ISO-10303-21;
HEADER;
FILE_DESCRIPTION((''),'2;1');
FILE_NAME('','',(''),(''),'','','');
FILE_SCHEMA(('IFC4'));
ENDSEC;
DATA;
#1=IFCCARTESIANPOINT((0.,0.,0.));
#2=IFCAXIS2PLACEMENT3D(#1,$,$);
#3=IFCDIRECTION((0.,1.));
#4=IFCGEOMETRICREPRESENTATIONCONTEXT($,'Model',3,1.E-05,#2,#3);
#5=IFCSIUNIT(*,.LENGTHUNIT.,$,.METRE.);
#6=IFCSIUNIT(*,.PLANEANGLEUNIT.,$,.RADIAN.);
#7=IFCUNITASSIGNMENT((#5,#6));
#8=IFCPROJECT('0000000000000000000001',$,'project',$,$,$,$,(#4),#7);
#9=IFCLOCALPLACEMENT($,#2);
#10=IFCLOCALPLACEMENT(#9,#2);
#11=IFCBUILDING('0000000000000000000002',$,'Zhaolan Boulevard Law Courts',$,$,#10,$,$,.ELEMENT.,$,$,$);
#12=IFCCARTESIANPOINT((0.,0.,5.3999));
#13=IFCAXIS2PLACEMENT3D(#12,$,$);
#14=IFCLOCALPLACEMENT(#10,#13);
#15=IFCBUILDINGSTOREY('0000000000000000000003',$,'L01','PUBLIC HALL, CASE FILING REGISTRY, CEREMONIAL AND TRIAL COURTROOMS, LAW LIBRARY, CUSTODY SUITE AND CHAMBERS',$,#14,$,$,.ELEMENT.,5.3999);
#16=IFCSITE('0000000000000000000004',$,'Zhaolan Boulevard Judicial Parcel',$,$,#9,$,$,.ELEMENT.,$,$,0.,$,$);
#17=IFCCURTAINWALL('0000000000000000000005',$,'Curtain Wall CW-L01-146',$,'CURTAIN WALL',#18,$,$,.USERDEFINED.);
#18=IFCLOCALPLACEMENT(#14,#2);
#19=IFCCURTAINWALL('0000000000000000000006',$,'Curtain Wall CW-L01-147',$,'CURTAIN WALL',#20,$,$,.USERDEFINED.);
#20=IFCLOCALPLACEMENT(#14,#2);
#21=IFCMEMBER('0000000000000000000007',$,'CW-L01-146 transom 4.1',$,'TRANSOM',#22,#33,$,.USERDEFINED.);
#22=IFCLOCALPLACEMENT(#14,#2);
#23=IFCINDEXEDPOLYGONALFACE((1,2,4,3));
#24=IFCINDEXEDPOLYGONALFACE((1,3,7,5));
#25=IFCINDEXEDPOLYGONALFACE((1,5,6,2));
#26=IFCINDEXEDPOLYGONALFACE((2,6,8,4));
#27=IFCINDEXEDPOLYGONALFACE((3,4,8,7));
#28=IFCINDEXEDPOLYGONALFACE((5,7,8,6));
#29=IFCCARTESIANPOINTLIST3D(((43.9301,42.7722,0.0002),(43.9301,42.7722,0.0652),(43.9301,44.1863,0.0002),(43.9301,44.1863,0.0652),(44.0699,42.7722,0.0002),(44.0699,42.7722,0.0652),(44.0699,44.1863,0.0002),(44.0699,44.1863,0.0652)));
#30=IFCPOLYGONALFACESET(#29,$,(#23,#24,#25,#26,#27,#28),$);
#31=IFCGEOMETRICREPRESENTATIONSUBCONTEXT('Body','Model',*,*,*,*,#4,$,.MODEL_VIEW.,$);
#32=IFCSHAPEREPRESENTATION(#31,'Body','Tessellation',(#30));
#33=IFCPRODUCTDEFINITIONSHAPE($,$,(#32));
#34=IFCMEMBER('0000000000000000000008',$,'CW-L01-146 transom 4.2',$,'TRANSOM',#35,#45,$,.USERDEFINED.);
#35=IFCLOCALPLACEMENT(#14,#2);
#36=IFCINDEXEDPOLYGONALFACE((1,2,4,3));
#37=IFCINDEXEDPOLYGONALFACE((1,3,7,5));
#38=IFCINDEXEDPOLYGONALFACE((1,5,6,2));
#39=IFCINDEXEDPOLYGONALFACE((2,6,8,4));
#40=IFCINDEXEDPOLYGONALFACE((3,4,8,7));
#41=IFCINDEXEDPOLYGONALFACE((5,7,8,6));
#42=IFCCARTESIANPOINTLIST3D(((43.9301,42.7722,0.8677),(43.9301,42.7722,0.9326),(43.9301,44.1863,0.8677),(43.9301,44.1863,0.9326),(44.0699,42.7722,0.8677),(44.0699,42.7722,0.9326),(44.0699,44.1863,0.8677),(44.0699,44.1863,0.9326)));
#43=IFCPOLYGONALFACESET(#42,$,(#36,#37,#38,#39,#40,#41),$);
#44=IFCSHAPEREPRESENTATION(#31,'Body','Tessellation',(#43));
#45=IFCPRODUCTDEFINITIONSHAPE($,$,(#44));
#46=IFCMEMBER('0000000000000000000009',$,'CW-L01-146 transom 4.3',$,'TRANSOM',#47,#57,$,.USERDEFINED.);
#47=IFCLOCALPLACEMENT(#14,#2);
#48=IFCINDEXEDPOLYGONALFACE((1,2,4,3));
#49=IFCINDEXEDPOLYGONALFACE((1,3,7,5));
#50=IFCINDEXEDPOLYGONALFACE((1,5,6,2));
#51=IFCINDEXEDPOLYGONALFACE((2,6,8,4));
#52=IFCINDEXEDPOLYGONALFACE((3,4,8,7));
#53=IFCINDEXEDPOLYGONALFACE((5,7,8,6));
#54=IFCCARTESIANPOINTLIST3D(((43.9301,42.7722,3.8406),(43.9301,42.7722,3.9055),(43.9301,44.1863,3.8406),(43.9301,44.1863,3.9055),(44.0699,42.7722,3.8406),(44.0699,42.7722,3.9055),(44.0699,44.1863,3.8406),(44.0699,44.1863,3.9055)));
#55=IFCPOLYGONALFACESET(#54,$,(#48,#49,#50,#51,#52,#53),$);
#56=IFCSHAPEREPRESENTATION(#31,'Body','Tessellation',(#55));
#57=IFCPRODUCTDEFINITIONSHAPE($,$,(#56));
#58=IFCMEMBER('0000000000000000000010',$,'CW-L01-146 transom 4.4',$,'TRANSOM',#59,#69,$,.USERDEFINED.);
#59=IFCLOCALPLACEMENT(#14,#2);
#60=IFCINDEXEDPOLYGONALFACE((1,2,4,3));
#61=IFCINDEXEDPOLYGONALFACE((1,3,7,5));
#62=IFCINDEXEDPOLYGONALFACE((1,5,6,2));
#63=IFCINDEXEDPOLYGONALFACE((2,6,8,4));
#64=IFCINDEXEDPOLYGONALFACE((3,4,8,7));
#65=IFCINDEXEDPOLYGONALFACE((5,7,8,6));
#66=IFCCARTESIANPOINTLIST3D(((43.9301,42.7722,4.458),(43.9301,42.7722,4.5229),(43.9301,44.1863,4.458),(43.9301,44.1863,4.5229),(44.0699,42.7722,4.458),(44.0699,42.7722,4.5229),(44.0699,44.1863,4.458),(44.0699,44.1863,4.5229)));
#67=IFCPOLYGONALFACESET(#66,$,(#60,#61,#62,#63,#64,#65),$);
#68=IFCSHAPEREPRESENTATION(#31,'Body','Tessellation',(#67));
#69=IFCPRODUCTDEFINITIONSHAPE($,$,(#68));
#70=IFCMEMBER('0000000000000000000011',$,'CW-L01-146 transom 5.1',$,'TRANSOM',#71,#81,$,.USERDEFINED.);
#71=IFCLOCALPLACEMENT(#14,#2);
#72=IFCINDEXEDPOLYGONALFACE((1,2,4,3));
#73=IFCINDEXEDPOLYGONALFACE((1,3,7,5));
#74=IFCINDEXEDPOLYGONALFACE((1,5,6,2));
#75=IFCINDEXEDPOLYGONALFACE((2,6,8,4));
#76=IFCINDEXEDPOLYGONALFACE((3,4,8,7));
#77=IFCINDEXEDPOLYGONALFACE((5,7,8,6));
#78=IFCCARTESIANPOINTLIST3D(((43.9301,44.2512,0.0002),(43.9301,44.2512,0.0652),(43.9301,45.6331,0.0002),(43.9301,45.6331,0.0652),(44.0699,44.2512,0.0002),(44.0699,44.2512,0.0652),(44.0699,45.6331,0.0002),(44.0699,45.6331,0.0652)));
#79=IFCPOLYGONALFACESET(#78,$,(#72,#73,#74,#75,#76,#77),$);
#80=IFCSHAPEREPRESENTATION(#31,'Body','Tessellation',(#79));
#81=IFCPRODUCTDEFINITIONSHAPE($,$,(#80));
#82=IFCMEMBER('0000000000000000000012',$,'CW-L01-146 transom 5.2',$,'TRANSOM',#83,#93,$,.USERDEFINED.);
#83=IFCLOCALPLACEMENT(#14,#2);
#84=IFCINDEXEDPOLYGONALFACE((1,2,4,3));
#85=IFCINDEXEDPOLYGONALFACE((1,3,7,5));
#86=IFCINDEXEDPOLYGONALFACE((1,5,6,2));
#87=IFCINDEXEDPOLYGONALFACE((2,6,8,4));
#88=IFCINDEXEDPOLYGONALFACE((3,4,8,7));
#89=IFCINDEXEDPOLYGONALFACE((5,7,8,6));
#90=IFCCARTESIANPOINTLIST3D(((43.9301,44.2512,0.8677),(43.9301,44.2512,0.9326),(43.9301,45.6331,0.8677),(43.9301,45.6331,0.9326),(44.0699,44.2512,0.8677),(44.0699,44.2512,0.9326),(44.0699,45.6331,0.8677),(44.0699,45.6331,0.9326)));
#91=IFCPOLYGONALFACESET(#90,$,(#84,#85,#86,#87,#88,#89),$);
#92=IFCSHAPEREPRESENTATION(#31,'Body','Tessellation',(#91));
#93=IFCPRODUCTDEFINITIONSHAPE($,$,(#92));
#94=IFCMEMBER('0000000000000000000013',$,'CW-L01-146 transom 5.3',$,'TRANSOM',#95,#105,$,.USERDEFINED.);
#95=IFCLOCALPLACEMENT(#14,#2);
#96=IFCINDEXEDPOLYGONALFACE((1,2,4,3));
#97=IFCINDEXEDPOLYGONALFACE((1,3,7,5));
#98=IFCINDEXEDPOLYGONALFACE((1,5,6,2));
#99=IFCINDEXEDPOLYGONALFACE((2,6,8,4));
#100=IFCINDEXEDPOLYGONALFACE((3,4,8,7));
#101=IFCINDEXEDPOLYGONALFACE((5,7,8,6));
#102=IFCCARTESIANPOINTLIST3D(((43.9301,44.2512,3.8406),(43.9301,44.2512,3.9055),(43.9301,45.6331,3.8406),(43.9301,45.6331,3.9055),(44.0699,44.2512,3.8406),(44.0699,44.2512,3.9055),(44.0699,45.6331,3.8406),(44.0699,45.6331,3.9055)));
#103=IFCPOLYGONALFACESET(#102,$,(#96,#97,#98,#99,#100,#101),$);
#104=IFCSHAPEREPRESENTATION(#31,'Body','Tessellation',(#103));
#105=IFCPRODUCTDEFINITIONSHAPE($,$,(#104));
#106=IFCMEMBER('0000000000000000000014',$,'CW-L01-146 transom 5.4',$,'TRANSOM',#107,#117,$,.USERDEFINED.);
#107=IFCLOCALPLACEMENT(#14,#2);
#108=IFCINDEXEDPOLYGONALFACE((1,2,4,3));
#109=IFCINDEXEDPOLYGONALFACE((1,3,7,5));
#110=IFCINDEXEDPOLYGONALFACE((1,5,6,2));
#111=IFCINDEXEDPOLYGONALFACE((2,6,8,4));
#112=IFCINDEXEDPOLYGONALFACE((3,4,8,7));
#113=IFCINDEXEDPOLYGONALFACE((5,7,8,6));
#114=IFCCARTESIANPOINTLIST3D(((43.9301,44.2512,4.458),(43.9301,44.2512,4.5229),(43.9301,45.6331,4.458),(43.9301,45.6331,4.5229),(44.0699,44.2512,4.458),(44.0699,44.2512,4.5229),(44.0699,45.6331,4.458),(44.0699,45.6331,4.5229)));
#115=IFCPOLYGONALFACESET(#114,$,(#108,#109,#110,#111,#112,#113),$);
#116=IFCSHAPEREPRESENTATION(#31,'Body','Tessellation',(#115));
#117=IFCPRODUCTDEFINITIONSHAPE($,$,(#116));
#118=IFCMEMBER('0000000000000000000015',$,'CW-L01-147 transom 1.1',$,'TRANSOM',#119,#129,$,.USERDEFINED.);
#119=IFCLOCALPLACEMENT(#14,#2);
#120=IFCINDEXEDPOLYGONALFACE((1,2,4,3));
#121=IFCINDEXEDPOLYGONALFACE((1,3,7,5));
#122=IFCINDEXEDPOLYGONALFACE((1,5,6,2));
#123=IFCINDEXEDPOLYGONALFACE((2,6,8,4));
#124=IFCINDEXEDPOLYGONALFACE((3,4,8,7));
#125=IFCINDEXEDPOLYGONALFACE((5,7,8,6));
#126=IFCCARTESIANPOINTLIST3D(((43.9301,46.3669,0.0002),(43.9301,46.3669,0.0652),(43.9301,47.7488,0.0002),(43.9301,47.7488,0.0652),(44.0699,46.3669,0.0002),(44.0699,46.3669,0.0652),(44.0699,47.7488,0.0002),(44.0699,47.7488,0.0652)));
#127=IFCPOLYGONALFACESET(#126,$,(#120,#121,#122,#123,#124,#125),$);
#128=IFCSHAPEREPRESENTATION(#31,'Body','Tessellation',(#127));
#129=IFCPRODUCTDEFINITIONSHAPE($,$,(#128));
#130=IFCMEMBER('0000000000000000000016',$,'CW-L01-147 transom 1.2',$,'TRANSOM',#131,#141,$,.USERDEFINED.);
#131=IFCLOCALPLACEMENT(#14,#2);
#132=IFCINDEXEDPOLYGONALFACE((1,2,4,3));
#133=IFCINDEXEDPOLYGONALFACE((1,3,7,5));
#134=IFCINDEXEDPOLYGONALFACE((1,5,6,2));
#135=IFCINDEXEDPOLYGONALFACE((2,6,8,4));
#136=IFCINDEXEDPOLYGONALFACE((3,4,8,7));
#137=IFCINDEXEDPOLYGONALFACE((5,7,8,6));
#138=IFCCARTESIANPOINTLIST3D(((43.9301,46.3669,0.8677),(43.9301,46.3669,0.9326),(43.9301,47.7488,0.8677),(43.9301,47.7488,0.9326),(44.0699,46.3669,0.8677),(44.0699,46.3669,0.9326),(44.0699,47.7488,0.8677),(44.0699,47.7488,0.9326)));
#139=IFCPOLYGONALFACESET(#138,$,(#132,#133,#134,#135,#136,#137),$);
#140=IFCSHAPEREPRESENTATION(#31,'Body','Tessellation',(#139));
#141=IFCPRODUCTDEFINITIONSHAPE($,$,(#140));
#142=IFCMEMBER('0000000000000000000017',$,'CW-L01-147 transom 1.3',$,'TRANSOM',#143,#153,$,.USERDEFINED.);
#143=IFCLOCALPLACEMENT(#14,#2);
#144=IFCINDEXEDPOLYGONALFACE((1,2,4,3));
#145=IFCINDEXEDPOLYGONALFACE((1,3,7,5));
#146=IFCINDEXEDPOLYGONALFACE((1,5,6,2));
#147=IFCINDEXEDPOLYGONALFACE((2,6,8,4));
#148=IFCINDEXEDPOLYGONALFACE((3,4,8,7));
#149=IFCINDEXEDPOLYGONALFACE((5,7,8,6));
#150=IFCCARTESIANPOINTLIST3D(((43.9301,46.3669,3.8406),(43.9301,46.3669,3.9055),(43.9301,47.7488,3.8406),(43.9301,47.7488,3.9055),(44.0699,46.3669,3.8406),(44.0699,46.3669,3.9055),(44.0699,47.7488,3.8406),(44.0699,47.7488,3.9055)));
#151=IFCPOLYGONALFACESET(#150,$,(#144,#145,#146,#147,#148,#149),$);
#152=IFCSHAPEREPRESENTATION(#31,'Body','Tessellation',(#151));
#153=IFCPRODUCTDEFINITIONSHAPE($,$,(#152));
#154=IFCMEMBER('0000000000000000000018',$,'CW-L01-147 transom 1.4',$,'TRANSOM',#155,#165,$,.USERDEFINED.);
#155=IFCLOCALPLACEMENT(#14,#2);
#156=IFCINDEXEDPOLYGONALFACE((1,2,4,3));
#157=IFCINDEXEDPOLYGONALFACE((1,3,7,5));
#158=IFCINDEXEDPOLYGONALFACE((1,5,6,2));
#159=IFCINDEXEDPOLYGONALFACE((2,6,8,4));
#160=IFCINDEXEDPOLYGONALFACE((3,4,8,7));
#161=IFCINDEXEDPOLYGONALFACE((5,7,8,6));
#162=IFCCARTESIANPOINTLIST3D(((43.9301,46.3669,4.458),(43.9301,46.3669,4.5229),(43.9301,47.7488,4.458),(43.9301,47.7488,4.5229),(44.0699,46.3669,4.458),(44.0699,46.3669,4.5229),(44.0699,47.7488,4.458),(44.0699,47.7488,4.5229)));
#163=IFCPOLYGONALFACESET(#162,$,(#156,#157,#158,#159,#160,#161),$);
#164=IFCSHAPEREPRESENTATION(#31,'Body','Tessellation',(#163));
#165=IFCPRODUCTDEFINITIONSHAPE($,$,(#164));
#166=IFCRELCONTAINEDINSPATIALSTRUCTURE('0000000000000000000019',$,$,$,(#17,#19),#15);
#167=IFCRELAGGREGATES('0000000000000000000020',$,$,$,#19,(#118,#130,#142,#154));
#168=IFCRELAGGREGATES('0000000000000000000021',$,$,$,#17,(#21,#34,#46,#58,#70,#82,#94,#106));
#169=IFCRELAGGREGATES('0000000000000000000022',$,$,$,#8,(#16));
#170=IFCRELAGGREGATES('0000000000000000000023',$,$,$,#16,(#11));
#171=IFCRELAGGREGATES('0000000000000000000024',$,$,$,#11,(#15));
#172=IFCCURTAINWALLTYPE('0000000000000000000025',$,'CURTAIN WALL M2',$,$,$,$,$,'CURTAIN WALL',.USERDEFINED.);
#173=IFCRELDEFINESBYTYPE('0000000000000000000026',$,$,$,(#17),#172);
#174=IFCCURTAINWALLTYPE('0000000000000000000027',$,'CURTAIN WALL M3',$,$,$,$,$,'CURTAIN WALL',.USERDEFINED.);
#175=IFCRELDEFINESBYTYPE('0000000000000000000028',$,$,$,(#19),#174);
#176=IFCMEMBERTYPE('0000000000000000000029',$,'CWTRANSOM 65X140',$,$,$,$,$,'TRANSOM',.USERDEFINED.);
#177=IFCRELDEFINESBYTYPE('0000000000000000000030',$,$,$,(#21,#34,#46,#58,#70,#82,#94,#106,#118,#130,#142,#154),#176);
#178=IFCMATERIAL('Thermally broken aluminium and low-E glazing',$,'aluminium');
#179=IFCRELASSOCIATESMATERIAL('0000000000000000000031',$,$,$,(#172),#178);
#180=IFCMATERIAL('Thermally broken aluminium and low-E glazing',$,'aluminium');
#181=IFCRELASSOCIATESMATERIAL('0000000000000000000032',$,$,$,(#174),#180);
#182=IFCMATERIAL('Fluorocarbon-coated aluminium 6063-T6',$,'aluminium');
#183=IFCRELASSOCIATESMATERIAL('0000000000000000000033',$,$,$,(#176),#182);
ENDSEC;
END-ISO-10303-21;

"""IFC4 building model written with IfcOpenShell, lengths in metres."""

from ifc_helpers import new_model, si_unit, direction, frame, origin, origin_2d, place, context, subcontext, project, spatial, rectangle, extrude, material, material_profile, profile_set, type_object, element, aggregate, save


model = new_model("IFC4")

# Units and contexts
model_context = context("Model", 3, precision=1e-05, world=origin(), true_north=direction((0.0, 1.0)))
body_context = subcontext(model_context, "Body", "Model", "MODEL_VIEW")
ifc_project = project(units=[si_unit("LENGTHUNIT", "METRE"), si_unit("PLANEANGLEUNIT", "RADIAN")], contexts=[model_context])

# Site, building, storey
site_placement = place(None, origin())
site = spatial("IfcSite", under=ifc_project, at=site_placement, Name="Zhaolan Boulevard Judicial Parcel", CompositionType="ELEMENT", RefElevation=0.0)
building_placement = place(site_placement, origin())
building = spatial("IfcBuilding", under=site, at=building_placement, Name="Zhaolan Boulevard Law Courts", CompositionType="ELEMENT")
storey_placement = place(building_placement, frame((0.0, 0.0, 5.3999)))
storey = spatial("IfcBuildingStorey", under=building, at=storey_placement, Name="L01", Description="PUBLIC HALL, CASE FILING REGISTRY, CEREMONIAL AND TRIAL COURTROOMS, LAW LIBRARY, CUSTODY SUITE AND CHAMBERS", CompositionType="ELEMENT", Elevation=5.3999)

# Curtain wall
ifc_material_1 = material(Name="Thermally broken aluminium and low-E glazing", Category="aluminium")
curtain_wall_type_1 = type_object("IfcCurtainWallType", Name="CURTAIN WALL M2", ElementType="CURTAIN WALL", PredefinedType="USERDEFINED", material=ifc_material_1)
curtain_wall_1_placement = place(storey_placement, origin())
curtain_wall_1 = element("IfcCurtainWall", 1, at=curtain_wall_1_placement, inside=storey, type_object=curtain_wall_type_1, Name="Curtain Wall CW-L01-146", ObjectType="CURTAIN WALL", PredefinedType="USERDEFINED")

# Curtain wall
ifc_material_2 = material(Name="Thermally broken aluminium and low-E glazing", Category="aluminium")
curtain_wall_type_2 = type_object("IfcCurtainWallType", Name="CURTAIN WALL M3", ElementType="CURTAIN WALL", PredefinedType="USERDEFINED", material=ifc_material_2)
curtain_wall_2_placement = place(storey_placement, origin())
curtain_wall_2 = element("IfcCurtainWall", 2, at=curtain_wall_2_placement, inside=storey, type_object=curtain_wall_type_2, Name="Curtain Wall CW-L01-147", ObjectType="CURTAIN WALL", PredefinedType="USERDEFINED")

# Members
ifc_material_3 = material(Name="Fluorocarbon-coated aluminium 6063-T6", Category="aluminium")
ifc_material_profile_1 = material_profile(ifc_material_3, rectangle(XDim=0.1399, YDim=0.0649, at=origin_2d()), Name="AL65x140")
ifc_profile_set_1 = profile_set([ifc_material_profile_1], Name="Fluorocarbon-coated aluminium 6063-T6")
member_type_1 = type_object("IfcMemberType", Name="CWTRANSOM 65X140", ElementType="TRANSOM", PredefinedType="USERDEFINED", material=ifc_profile_set_1)
member_1_placement = place(storey_placement, frame((44.0, 42.7722, 0.0327), z_axis=(0.0, 1.0, 0.0), x_axis=(-1.0, 0.0, 0.0)))
member_1 = element("IfcMember", 3, at=member_1_placement, type_object=member_type_1, Name="CW-L01-146 transom 4.1", ObjectType="TRANSOM", PredefinedType="USERDEFINED", context=body_context, shape_type="SweptSolid", body=[
    extrude(rectangle(XDim=0.1399, YDim=0.0649, at=origin_2d()), origin(), (0.0, 0.0, 1.0), 1.4141),
])
member_2_placement = place(storey_placement, frame((44.0, 42.7722, 0.9001), z_axis=(0.0, 1.0, 0.0), x_axis=(-1.0, 0.0, 0.0)))
member_2 = element("IfcMember", 4, at=member_2_placement, type_object=member_type_1, Name="CW-L01-146 transom 4.2", ObjectType="TRANSOM", PredefinedType="USERDEFINED", context=body_context, shape_type="SweptSolid", body=[
    extrude(rectangle(XDim=0.1399, YDim=0.0649, at=origin_2d()), origin(), (0.0, 0.0, 1.0), 1.4141),
])
member_3_placement = place(storey_placement, frame((44.0, 42.7722, 3.873), z_axis=(0.0, 1.0, 0.0), x_axis=(-1.0, 0.0, 0.0)))
member_3 = element("IfcMember", 5, at=member_3_placement, type_object=member_type_1, Name="CW-L01-146 transom 4.3", ObjectType="TRANSOM", PredefinedType="USERDEFINED", context=body_context, shape_type="SweptSolid", body=[
    extrude(rectangle(XDim=0.1399, YDim=0.0649, at=origin_2d()), origin(), (0.0, 0.0, 1.0), 1.4141),
])
member_4_placement = place(storey_placement, frame((44.0, 42.7722, 4.4905), z_axis=(0.0, 1.0, 0.0), x_axis=(-1.0, 0.0, 0.0)))
member_4 = element("IfcMember", 6, at=member_4_placement, type_object=member_type_1, Name="CW-L01-146 transom 4.4", ObjectType="TRANSOM", PredefinedType="USERDEFINED", context=body_context, shape_type="SweptSolid", body=[
    extrude(rectangle(XDim=0.1399, YDim=0.0649, at=origin_2d()), origin(), (0.0, 0.0, 1.0), 1.4141),
])
member_5_placement = place(storey_placement, frame((44.0, 44.2512, 0.0327), z_axis=(0.0, 1.0, 0.0), x_axis=(-1.0, 0.0, 0.0)))
member_5 = element("IfcMember", 7, at=member_5_placement, type_object=member_type_1, Name="CW-L01-146 transom 5.1", ObjectType="TRANSOM", PredefinedType="USERDEFINED", context=body_context, shape_type="SweptSolid", body=[
    extrude(rectangle(XDim=0.1399, YDim=0.0649, at=origin_2d()), origin(), (0.0, 0.0, 1.0), 1.3818),
])
member_6_placement = place(storey_placement, frame((44.0, 44.2512, 0.9001), z_axis=(0.0, 1.0, 0.0), x_axis=(-1.0, 0.0, 0.0)))
member_6 = element("IfcMember", 8, at=member_6_placement, type_object=member_type_1, Name="CW-L01-146 transom 5.2", ObjectType="TRANSOM", PredefinedType="USERDEFINED", context=body_context, shape_type="SweptSolid", body=[
    extrude(rectangle(XDim=0.1399, YDim=0.0649, at=origin_2d()), origin(), (0.0, 0.0, 1.0), 1.3818),
])
member_7_placement = place(storey_placement, frame((44.0, 44.2512, 3.873), z_axis=(0.0, 1.0, 0.0), x_axis=(-1.0, 0.0, 0.0)))
member_7 = element("IfcMember", 9, at=member_7_placement, type_object=member_type_1, Name="CW-L01-146 transom 5.3", ObjectType="TRANSOM", PredefinedType="USERDEFINED", context=body_context, shape_type="SweptSolid", body=[
    extrude(rectangle(XDim=0.1399, YDim=0.0649, at=origin_2d()), origin(), (0.0, 0.0, 1.0), 1.3818),
])
member_8_placement = place(storey_placement, frame((44.0, 44.2512, 4.4905), z_axis=(0.0, 1.0, 0.0), x_axis=(-1.0, 0.0, 0.0)))
member_8 = element("IfcMember", 10, at=member_8_placement, type_object=member_type_1, Name="CW-L01-146 transom 5.4", ObjectType="TRANSOM", PredefinedType="USERDEFINED", context=body_context, shape_type="SweptSolid", body=[
    extrude(rectangle(XDim=0.1399, YDim=0.0649, at=origin_2d()), origin(), (0.0, 0.0, 1.0), 1.3818),
])
member_9_placement = place(storey_placement, frame((44.0, 46.3669, 0.0327), z_axis=(0.0, 1.0, 0.0), x_axis=(-1.0, 0.0, 0.0)))
member_9 = element("IfcMember", 11, at=member_9_placement, type_object=member_type_1, Name="CW-L01-147 transom 1.1", ObjectType="TRANSOM", PredefinedType="USERDEFINED", context=body_context, shape_type="SweptSolid", body=[
    extrude(rectangle(XDim=0.1399, YDim=0.0649, at=origin_2d()), origin(), (0.0, 0.0, 1.0), 1.3818),
])
member_10_placement = place(storey_placement, frame((44.0, 46.3669, 0.9001), z_axis=(0.0, 1.0, 0.0), x_axis=(-1.0, 0.0, 0.0)))
member_10 = element("IfcMember", 12, at=member_10_placement, type_object=member_type_1, Name="CW-L01-147 transom 1.2", ObjectType="TRANSOM", PredefinedType="USERDEFINED", context=body_context, shape_type="SweptSolid", body=[
    extrude(rectangle(XDim=0.1399, YDim=0.0649, at=origin_2d()), origin(), (0.0, 0.0, 1.0), 1.3818),
])
member_11_placement = place(storey_placement, frame((44.0, 46.3669, 3.873), z_axis=(0.0, 1.0, 0.0), x_axis=(-1.0, 0.0, 0.0)))
member_11 = element("IfcMember", 13, at=member_11_placement, type_object=member_type_1, Name="CW-L01-147 transom 1.3", ObjectType="TRANSOM", PredefinedType="USERDEFINED", context=body_context, shape_type="SweptSolid", body=[
    extrude(rectangle(XDim=0.1399, YDim=0.0649, at=origin_2d()), origin(), (0.0, 0.0, 1.0), 1.3818),
])
member_12_placement = place(storey_placement, frame((44.0, 46.3669, 4.4905), z_axis=(0.0, 1.0, 0.0), x_axis=(-1.0, 0.0, 0.0)))
member_12 = element("IfcMember", 14, at=member_12_placement, type_object=member_type_1, Name="CW-L01-147 transom 1.4", ObjectType="TRANSOM", PredefinedType="USERDEFINED", context=body_context, shape_type="SweptSolid", body=[
    extrude(rectangle(XDim=0.1399, YDim=0.0649, at=origin_2d()), origin(), (0.0, 0.0, 1.0), 1.3818),
])
aggregate(curtain_wall_2, [member_9, member_10, member_11, member_12])

aggregate(curtain_wall_1, [member_1, member_2, member_3, member_4, member_5, member_6, member_7, member_8])

save(model, "model.ifc")
